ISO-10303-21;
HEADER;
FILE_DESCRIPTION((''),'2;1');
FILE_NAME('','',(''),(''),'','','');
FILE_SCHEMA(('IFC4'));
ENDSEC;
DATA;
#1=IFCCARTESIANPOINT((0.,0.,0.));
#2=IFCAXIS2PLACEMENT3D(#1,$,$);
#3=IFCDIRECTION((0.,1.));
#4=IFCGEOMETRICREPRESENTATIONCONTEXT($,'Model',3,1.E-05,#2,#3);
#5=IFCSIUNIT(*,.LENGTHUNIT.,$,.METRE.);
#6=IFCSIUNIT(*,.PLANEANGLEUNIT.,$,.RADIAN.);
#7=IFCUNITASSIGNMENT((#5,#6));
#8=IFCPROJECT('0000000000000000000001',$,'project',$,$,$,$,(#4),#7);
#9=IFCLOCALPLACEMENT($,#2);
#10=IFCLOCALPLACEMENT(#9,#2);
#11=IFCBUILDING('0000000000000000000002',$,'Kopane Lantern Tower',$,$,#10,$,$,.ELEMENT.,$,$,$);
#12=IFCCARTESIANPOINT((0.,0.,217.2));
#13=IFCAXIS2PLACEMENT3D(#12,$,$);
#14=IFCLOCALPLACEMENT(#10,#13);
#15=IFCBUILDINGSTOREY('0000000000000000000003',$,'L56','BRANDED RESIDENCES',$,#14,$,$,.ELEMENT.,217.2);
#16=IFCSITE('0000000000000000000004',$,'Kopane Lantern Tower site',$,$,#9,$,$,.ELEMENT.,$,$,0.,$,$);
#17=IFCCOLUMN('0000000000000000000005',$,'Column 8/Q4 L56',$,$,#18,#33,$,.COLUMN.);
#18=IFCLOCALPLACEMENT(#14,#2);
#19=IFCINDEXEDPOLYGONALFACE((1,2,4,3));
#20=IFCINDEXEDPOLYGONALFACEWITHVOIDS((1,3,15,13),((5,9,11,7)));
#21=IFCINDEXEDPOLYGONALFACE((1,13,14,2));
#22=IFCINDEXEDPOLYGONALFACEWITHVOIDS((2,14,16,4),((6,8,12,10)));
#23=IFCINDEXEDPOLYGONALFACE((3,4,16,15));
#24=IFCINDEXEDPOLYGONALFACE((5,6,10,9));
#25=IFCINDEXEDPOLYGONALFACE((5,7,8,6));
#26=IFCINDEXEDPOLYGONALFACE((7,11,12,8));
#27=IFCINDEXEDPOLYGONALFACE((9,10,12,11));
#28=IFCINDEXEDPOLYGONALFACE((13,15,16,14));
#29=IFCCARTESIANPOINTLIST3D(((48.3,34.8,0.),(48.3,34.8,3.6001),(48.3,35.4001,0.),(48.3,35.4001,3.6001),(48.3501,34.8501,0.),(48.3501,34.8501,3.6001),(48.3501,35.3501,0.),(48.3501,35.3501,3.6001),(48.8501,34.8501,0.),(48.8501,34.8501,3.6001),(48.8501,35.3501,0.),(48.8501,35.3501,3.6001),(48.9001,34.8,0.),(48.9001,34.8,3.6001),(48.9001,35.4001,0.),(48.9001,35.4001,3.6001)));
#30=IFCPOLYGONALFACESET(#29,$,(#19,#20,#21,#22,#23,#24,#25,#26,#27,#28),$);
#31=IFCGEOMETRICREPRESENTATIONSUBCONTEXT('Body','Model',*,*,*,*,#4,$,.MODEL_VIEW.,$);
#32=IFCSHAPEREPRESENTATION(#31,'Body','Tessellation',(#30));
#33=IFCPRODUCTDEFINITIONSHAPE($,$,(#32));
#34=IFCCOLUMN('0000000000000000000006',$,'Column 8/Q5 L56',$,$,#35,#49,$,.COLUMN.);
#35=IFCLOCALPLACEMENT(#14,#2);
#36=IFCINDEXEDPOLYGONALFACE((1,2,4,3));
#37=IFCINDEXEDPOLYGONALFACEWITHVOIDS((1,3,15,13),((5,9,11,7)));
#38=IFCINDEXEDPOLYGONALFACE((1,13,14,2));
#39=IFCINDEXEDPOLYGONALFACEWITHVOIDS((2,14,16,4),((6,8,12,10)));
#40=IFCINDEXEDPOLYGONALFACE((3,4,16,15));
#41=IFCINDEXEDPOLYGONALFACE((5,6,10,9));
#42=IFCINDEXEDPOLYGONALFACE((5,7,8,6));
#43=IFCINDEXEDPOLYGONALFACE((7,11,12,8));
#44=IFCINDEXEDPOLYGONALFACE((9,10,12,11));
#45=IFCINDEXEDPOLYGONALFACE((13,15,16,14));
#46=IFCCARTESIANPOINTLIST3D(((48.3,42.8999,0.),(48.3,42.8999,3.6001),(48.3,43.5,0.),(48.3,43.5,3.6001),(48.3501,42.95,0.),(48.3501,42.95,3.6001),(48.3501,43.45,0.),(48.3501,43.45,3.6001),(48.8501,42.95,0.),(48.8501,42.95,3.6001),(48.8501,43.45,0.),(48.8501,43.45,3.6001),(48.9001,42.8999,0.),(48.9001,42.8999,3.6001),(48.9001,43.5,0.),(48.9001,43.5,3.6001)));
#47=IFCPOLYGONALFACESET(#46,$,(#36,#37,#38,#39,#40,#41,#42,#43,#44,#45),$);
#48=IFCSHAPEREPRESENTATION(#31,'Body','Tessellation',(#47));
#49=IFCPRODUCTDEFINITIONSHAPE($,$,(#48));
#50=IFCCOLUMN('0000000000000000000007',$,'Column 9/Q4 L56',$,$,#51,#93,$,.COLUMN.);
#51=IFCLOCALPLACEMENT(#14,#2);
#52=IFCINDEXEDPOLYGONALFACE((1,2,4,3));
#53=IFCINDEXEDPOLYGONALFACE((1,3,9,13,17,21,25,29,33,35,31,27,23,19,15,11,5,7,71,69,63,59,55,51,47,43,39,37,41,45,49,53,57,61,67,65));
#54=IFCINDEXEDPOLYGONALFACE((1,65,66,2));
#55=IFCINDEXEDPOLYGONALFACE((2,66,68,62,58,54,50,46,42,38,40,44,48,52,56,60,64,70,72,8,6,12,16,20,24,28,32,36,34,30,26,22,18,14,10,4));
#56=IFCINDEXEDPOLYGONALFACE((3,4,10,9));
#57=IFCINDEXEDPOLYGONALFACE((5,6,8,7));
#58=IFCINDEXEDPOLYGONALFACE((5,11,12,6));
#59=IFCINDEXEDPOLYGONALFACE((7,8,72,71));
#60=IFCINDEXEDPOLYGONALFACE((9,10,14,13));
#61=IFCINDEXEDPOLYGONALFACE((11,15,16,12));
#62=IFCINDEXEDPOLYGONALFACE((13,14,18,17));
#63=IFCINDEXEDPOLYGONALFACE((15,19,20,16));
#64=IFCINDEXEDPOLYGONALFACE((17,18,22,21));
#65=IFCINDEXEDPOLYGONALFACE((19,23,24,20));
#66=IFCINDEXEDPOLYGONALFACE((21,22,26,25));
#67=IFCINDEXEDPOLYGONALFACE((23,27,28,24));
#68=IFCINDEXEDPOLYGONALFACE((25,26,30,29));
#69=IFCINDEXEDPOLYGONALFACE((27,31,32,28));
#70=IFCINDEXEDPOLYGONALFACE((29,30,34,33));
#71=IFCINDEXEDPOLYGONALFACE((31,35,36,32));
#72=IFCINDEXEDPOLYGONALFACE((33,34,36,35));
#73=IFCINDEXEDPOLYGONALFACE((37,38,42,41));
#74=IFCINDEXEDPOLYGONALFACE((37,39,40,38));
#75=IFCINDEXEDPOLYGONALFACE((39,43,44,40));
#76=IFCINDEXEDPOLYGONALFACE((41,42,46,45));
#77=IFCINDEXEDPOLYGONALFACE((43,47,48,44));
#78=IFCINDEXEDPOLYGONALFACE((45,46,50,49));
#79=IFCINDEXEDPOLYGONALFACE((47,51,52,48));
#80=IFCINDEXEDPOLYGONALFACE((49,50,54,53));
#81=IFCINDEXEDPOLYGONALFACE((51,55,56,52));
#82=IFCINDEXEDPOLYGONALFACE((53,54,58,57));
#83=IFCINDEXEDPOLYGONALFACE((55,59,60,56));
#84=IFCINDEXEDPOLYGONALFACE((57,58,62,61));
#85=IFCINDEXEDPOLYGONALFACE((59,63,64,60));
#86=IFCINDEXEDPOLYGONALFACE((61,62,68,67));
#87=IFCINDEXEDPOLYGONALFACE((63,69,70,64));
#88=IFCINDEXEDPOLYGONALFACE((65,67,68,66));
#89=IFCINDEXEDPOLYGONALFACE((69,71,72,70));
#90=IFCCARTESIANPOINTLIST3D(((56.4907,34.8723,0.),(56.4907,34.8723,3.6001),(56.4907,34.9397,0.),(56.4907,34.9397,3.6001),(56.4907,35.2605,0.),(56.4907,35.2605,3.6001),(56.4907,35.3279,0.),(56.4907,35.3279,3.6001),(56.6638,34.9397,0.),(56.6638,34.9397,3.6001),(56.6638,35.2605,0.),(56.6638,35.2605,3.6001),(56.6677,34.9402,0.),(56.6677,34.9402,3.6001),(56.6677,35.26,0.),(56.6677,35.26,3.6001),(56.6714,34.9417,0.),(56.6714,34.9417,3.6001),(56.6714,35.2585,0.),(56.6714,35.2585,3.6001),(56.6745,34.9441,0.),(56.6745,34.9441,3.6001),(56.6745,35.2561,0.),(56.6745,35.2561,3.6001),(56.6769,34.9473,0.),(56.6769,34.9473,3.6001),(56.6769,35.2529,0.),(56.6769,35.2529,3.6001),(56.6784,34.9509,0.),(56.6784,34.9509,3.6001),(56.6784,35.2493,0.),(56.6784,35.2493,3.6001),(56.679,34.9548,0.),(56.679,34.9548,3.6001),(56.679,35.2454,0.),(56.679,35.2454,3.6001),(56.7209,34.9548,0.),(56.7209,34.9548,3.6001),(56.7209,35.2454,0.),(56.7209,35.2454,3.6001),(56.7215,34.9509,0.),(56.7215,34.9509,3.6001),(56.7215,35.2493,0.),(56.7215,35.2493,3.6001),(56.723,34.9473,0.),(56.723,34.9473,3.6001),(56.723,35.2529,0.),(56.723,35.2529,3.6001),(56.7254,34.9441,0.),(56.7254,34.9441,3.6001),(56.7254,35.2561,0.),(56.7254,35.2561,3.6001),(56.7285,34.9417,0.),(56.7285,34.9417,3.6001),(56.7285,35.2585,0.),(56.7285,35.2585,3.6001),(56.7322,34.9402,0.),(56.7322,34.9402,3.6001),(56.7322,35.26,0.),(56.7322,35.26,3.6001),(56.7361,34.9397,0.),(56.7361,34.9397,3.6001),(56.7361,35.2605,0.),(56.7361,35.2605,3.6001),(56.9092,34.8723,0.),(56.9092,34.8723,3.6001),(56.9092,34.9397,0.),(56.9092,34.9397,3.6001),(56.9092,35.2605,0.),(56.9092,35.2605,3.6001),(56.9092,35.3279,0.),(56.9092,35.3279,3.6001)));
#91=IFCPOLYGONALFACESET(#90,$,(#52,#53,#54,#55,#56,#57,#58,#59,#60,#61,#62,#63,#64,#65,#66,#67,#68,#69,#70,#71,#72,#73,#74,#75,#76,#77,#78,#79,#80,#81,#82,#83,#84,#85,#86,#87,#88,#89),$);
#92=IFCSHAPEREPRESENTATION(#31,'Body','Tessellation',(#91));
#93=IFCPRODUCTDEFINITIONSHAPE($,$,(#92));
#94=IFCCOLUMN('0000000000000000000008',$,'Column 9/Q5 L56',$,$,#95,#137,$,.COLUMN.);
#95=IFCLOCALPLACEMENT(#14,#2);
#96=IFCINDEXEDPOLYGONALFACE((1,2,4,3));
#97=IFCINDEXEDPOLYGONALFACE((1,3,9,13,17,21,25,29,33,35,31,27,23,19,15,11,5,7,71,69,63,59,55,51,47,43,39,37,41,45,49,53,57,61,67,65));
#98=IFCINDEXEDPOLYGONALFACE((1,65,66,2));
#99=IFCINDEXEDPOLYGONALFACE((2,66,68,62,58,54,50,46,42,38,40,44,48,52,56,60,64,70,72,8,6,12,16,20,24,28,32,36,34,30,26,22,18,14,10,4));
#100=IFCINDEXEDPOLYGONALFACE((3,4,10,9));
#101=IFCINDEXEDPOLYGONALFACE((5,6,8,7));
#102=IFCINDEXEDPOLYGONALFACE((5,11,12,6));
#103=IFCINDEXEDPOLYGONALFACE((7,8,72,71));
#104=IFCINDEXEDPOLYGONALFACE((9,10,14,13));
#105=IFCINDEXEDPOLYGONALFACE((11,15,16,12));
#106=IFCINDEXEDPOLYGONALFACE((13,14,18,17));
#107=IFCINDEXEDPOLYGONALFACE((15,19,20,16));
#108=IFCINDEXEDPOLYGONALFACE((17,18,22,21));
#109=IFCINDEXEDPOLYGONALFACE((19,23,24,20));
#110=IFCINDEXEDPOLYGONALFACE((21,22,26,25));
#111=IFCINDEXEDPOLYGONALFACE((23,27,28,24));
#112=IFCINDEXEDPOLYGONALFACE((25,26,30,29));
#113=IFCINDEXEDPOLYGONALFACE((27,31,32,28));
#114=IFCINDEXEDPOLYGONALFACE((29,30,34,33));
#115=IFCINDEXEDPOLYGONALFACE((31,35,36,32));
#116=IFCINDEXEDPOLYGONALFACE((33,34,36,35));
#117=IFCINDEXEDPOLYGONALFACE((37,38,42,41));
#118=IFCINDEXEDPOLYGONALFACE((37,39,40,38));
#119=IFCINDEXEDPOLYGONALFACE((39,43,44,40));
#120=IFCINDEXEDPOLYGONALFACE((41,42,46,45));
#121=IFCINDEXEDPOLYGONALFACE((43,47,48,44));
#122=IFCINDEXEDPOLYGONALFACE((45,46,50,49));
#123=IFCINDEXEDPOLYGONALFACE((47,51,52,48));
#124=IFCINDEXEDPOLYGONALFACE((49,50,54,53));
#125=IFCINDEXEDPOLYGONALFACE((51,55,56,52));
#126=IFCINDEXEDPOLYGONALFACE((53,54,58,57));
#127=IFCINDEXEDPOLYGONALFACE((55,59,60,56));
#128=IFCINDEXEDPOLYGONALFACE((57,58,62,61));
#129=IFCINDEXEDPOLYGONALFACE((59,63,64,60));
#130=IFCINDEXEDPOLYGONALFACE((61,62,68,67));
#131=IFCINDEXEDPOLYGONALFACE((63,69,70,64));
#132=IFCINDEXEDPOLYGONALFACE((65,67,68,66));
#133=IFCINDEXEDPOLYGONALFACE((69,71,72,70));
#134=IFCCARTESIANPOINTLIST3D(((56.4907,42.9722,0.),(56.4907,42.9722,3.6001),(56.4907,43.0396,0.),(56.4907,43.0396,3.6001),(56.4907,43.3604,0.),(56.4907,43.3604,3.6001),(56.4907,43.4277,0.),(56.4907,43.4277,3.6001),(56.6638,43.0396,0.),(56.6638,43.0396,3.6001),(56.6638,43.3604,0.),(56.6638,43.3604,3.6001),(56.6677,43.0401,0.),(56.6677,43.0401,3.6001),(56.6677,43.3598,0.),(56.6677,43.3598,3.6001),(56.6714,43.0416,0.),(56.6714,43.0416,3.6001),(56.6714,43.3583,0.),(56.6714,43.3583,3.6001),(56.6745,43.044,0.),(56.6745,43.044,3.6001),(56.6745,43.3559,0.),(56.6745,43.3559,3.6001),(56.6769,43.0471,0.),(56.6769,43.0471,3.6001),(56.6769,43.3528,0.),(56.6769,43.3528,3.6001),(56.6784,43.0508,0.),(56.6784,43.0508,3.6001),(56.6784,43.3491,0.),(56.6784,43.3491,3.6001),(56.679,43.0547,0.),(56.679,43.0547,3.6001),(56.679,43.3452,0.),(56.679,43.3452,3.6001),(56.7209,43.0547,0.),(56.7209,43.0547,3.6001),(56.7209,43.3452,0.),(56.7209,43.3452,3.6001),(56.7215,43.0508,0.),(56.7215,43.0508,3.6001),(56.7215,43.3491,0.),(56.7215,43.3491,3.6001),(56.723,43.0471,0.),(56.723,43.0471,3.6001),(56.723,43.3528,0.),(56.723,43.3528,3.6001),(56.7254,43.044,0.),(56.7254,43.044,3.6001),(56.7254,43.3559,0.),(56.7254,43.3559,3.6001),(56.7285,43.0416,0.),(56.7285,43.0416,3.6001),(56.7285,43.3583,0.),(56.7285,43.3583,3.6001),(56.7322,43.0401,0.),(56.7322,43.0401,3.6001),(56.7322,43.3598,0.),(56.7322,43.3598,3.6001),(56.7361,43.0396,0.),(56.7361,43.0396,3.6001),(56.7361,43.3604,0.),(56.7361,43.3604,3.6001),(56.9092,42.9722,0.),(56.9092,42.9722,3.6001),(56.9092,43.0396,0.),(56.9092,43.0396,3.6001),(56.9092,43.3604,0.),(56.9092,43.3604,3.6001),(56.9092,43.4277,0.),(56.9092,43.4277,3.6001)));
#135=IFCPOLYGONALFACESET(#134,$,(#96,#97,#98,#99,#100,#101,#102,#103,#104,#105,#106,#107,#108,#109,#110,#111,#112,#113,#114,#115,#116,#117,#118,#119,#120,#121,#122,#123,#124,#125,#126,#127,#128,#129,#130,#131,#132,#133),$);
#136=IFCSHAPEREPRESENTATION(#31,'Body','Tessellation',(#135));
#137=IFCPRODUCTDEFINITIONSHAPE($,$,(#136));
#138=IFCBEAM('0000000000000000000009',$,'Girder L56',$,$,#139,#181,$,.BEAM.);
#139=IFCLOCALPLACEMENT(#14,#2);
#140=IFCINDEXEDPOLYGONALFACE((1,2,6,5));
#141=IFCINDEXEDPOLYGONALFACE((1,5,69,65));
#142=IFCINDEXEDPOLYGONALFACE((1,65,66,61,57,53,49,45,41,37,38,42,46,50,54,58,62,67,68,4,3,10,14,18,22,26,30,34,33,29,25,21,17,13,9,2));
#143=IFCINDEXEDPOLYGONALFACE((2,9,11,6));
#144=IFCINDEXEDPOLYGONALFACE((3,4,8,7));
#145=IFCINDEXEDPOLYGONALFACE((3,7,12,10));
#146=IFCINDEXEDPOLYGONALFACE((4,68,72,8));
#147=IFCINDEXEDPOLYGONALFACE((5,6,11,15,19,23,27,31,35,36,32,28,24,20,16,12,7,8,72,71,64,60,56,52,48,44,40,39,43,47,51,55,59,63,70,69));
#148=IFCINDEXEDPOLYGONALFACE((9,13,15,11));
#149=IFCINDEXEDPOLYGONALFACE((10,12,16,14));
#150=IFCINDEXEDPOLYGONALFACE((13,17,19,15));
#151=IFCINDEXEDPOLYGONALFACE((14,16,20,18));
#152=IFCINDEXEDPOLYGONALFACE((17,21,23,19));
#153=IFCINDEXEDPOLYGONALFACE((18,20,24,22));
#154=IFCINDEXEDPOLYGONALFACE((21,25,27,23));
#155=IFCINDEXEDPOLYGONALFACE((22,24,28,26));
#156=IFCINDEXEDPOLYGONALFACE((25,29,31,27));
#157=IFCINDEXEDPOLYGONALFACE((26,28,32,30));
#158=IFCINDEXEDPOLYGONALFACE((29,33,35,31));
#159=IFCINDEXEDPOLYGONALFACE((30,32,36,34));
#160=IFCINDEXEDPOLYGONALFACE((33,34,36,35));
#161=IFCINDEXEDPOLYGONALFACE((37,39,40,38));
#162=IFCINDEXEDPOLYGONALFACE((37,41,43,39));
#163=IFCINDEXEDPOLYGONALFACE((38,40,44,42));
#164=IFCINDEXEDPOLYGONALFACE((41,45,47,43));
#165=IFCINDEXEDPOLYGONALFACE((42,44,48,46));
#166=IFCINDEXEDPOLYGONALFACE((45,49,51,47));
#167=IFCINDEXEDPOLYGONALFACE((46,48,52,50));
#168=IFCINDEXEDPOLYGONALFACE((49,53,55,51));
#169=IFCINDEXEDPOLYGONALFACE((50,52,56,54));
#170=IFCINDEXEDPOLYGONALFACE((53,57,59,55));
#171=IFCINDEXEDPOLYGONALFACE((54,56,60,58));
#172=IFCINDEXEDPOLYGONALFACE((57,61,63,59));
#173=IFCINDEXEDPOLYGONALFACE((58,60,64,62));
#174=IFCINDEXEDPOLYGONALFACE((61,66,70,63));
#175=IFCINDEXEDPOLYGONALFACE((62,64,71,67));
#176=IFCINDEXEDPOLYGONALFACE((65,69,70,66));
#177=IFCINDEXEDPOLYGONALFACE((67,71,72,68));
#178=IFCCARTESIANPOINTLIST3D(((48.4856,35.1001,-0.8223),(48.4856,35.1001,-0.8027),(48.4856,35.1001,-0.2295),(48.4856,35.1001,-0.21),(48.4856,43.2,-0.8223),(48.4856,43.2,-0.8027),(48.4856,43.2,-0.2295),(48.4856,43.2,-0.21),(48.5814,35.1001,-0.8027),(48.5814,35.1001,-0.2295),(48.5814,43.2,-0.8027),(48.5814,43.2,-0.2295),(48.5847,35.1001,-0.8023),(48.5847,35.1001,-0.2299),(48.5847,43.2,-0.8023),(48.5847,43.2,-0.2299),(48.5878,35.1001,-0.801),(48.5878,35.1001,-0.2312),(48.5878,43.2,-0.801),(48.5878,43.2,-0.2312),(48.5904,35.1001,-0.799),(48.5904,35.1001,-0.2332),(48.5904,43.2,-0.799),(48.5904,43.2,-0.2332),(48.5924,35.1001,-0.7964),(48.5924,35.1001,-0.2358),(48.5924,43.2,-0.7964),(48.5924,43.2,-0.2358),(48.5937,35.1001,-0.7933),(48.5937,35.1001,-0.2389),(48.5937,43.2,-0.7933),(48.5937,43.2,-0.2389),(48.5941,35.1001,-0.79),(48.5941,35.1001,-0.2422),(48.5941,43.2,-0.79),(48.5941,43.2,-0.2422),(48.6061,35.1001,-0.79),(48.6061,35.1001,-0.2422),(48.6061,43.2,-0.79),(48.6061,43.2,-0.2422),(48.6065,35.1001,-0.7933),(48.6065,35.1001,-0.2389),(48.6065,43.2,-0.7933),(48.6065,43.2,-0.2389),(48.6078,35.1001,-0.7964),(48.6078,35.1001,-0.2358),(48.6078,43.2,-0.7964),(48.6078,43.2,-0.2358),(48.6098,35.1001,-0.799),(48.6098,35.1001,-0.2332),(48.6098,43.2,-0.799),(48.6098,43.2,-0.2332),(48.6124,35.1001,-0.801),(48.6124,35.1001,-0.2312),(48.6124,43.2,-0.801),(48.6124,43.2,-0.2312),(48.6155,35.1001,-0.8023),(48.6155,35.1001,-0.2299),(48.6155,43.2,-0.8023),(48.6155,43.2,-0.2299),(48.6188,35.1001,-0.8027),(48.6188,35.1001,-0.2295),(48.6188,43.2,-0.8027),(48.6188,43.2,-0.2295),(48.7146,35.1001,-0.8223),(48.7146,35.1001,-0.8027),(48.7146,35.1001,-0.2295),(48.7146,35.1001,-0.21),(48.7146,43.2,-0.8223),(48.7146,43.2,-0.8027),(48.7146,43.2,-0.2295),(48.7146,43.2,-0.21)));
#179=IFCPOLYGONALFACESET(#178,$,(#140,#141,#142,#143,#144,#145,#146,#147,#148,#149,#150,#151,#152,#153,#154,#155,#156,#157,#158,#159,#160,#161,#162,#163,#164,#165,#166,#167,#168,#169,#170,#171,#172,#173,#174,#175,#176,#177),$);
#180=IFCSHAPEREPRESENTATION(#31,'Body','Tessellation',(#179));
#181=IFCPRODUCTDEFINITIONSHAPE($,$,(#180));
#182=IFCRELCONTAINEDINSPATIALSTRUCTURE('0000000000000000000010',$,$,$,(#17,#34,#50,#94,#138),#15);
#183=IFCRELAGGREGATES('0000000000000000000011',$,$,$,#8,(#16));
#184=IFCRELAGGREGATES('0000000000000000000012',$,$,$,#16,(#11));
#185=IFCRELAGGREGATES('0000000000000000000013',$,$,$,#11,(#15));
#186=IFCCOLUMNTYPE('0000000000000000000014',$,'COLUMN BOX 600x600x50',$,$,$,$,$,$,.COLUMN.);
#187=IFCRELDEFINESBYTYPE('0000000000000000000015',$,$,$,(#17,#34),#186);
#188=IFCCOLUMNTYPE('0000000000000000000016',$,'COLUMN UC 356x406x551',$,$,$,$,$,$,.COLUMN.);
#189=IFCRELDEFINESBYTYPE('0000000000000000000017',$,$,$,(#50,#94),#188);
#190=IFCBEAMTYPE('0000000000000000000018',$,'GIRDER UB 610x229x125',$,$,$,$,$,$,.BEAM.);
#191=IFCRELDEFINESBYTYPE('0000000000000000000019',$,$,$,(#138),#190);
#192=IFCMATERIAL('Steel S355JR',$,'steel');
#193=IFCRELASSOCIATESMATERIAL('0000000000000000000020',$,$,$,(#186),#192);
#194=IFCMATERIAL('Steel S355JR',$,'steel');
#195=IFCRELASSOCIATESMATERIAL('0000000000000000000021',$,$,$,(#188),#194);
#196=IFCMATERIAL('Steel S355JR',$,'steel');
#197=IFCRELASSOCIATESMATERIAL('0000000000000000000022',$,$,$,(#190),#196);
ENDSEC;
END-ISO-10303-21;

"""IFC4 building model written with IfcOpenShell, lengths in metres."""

from ifc_helpers import new_model, si_unit, direction, frame, origin, origin_2d, place, context, subcontext, project, spatial, hollow_rectangle, i_section, extrude, material, material_profile, profile_set, type_object, element, save


model = new_model("IFC4")

# Units and contexts
model_context = context("Model", 3, precision=1e-05, world=origin(), true_north=direction((0.0, 1.0)))
body_context = subcontext(model_context, "Body", "Model", "MODEL_VIEW")
ifc_project = project(units=[si_unit("LENGTHUNIT", "METRE"), si_unit("PLANEANGLEUNIT", "RADIAN")], contexts=[model_context])

# Site, building, storey
site_placement = place(None, origin())
site = spatial("IfcSite", under=ifc_project, at=site_placement, Name="Kopane Lantern Tower site", CompositionType="ELEMENT", RefElevation=0.0)
building_placement = place(site_placement, origin())
building = spatial("IfcBuilding", under=site, at=building_placement, Name="Kopane Lantern Tower", CompositionType="ELEMENT")
storey_placement = place(building_placement, frame((0.0, 0.0, 217.2)))
storey = spatial("IfcBuildingStorey", under=building, at=storey_placement, Name="L56", Description="BRANDED RESIDENCES", CompositionType="ELEMENT", Elevation=217.2)

# Columns
ifc_material_1 = material(Name="Steel S355JR", Category="steel")
ifc_material_profile_1 = material_profile(ifc_material_1, hollow_rectangle(XDim=0.6001, YDim=0.6001, WallThickness=0.05, at=origin_2d()), Name="BOX 600x600x50")
ifc_profile_set_1 = profile_set([ifc_material_profile_1], Name="Steel S355JR")
column_type_1 = type_object("IfcColumnType", Name="COLUMN BOX 600x600x50", PredefinedType="COLUMN", material=ifc_profile_set_1)
for number, where, z_axis, x_axis, name in (
    (1, (48.6001, 35.1001, 0.0), (0.0, 0.0, 1.0), (1.0, 0.0, 0.0), "Column 8/Q4 L56"),
    (2, (48.6001, 43.2, 0.0), (0.0, 0.0, 1.0), (1.0, 0.0, 0.0), "Column 8/Q5 L56"),
):
    element("IfcColumn", number, at=place(storey_placement, frame(where, z_axis=z_axis, x_axis=x_axis)), inside=storey, type_object=column_type_1, Name=name, PredefinedType="COLUMN", context=body_context, shape_type="SweptSolid", body=[
        extrude(hollow_rectangle(XDim=0.6001, YDim=0.6001, WallThickness=0.05, at=origin_2d()), origin(), (0.0, 0.0, 1.0), 3.6001),
    ])
ifc_material_2 = material(Name="Steel S355JR", Category="steel")
ifc_material_profile_2 = material_profile(ifc_material_2, i_section(OverallWidth=0.4185, OverallDepth=0.4556, WebThickness=0.042, FlangeThickness=0.0674, FilletRadius=0.0151, at=origin_2d()), Name="UC 356x406x551")
ifc_profile_set_2 = profile_set([ifc_material_profile_2], Name="Steel S355JR")
column_type_2 = type_object("IfcColumnType", Name="COLUMN UC 356x406x551", PredefinedType="COLUMN", material=ifc_profile_set_2)
for number, where, z_axis, x_axis, name in (
    (3, (56.7, 35.1001, 0.0), (0.0, 0.0, 1.0), (1.0, 0.0, 0.0), "Column 9/Q4 L56"),
    (4, (56.7, 43.2, 0.0), (0.0, 0.0, 1.0), (1.0, 0.0, 0.0), "Column 9/Q5 L56"),
):
    element("IfcColumn", number, at=place(storey_placement, frame(where, z_axis=z_axis, x_axis=x_axis)), inside=storey, type_object=column_type_2, Name=name, PredefinedType="COLUMN", context=body_context, shape_type="SweptSolid", body=[
        extrude(i_section(OverallWidth=0.4185, OverallDepth=0.4556, WebThickness=0.042, FlangeThickness=0.0674, FilletRadius=0.0151, at=origin_2d()), origin(), (0.0, 0.0, 1.0), 3.6001),
    ])

# Beam
ifc_material_3 = material(Name="Steel S355JR", Category="steel")
ifc_material_profile_3 = material_profile(ifc_material_3, i_section(OverallWidth=0.229, OverallDepth=0.6123, WebThickness=0.012, FlangeThickness=0.0195, FilletRadius=0.0127, at=origin_2d()), Name="UB 610x229x125")
ifc_profile_set_3 = profile_set([ifc_material_profile_3], Name="Steel S355JR")
beam_type = type_object("IfcBeamType", Name="GIRDER UB 610x229x125", PredefinedType="BEAM", material=ifc_profile_set_3)
for number, where, z_axis, x_axis, name in (
    (5, (48.6001, 35.1001, -0.5161), (0.0, 1.0, 0.0), (-1.0, 0.0, 0.0), "Girder L56"),
):
    element("IfcBeam", number, at=place(storey_placement, frame(where, z_axis=z_axis, x_axis=x_axis)), inside=storey, type_object=beam_type, Name=name, PredefinedType="BEAM", context=body_context, shape_type="SweptSolid", body=[
        extrude(i_section(OverallWidth=0.229, OverallDepth=0.6123, WebThickness=0.012, FlangeThickness=0.0195, FilletRadius=0.0127, at=origin_2d()), origin(), (0.0, 0.0, 1.0), 8.0999),
    ])

save(model, "model.ifc")
